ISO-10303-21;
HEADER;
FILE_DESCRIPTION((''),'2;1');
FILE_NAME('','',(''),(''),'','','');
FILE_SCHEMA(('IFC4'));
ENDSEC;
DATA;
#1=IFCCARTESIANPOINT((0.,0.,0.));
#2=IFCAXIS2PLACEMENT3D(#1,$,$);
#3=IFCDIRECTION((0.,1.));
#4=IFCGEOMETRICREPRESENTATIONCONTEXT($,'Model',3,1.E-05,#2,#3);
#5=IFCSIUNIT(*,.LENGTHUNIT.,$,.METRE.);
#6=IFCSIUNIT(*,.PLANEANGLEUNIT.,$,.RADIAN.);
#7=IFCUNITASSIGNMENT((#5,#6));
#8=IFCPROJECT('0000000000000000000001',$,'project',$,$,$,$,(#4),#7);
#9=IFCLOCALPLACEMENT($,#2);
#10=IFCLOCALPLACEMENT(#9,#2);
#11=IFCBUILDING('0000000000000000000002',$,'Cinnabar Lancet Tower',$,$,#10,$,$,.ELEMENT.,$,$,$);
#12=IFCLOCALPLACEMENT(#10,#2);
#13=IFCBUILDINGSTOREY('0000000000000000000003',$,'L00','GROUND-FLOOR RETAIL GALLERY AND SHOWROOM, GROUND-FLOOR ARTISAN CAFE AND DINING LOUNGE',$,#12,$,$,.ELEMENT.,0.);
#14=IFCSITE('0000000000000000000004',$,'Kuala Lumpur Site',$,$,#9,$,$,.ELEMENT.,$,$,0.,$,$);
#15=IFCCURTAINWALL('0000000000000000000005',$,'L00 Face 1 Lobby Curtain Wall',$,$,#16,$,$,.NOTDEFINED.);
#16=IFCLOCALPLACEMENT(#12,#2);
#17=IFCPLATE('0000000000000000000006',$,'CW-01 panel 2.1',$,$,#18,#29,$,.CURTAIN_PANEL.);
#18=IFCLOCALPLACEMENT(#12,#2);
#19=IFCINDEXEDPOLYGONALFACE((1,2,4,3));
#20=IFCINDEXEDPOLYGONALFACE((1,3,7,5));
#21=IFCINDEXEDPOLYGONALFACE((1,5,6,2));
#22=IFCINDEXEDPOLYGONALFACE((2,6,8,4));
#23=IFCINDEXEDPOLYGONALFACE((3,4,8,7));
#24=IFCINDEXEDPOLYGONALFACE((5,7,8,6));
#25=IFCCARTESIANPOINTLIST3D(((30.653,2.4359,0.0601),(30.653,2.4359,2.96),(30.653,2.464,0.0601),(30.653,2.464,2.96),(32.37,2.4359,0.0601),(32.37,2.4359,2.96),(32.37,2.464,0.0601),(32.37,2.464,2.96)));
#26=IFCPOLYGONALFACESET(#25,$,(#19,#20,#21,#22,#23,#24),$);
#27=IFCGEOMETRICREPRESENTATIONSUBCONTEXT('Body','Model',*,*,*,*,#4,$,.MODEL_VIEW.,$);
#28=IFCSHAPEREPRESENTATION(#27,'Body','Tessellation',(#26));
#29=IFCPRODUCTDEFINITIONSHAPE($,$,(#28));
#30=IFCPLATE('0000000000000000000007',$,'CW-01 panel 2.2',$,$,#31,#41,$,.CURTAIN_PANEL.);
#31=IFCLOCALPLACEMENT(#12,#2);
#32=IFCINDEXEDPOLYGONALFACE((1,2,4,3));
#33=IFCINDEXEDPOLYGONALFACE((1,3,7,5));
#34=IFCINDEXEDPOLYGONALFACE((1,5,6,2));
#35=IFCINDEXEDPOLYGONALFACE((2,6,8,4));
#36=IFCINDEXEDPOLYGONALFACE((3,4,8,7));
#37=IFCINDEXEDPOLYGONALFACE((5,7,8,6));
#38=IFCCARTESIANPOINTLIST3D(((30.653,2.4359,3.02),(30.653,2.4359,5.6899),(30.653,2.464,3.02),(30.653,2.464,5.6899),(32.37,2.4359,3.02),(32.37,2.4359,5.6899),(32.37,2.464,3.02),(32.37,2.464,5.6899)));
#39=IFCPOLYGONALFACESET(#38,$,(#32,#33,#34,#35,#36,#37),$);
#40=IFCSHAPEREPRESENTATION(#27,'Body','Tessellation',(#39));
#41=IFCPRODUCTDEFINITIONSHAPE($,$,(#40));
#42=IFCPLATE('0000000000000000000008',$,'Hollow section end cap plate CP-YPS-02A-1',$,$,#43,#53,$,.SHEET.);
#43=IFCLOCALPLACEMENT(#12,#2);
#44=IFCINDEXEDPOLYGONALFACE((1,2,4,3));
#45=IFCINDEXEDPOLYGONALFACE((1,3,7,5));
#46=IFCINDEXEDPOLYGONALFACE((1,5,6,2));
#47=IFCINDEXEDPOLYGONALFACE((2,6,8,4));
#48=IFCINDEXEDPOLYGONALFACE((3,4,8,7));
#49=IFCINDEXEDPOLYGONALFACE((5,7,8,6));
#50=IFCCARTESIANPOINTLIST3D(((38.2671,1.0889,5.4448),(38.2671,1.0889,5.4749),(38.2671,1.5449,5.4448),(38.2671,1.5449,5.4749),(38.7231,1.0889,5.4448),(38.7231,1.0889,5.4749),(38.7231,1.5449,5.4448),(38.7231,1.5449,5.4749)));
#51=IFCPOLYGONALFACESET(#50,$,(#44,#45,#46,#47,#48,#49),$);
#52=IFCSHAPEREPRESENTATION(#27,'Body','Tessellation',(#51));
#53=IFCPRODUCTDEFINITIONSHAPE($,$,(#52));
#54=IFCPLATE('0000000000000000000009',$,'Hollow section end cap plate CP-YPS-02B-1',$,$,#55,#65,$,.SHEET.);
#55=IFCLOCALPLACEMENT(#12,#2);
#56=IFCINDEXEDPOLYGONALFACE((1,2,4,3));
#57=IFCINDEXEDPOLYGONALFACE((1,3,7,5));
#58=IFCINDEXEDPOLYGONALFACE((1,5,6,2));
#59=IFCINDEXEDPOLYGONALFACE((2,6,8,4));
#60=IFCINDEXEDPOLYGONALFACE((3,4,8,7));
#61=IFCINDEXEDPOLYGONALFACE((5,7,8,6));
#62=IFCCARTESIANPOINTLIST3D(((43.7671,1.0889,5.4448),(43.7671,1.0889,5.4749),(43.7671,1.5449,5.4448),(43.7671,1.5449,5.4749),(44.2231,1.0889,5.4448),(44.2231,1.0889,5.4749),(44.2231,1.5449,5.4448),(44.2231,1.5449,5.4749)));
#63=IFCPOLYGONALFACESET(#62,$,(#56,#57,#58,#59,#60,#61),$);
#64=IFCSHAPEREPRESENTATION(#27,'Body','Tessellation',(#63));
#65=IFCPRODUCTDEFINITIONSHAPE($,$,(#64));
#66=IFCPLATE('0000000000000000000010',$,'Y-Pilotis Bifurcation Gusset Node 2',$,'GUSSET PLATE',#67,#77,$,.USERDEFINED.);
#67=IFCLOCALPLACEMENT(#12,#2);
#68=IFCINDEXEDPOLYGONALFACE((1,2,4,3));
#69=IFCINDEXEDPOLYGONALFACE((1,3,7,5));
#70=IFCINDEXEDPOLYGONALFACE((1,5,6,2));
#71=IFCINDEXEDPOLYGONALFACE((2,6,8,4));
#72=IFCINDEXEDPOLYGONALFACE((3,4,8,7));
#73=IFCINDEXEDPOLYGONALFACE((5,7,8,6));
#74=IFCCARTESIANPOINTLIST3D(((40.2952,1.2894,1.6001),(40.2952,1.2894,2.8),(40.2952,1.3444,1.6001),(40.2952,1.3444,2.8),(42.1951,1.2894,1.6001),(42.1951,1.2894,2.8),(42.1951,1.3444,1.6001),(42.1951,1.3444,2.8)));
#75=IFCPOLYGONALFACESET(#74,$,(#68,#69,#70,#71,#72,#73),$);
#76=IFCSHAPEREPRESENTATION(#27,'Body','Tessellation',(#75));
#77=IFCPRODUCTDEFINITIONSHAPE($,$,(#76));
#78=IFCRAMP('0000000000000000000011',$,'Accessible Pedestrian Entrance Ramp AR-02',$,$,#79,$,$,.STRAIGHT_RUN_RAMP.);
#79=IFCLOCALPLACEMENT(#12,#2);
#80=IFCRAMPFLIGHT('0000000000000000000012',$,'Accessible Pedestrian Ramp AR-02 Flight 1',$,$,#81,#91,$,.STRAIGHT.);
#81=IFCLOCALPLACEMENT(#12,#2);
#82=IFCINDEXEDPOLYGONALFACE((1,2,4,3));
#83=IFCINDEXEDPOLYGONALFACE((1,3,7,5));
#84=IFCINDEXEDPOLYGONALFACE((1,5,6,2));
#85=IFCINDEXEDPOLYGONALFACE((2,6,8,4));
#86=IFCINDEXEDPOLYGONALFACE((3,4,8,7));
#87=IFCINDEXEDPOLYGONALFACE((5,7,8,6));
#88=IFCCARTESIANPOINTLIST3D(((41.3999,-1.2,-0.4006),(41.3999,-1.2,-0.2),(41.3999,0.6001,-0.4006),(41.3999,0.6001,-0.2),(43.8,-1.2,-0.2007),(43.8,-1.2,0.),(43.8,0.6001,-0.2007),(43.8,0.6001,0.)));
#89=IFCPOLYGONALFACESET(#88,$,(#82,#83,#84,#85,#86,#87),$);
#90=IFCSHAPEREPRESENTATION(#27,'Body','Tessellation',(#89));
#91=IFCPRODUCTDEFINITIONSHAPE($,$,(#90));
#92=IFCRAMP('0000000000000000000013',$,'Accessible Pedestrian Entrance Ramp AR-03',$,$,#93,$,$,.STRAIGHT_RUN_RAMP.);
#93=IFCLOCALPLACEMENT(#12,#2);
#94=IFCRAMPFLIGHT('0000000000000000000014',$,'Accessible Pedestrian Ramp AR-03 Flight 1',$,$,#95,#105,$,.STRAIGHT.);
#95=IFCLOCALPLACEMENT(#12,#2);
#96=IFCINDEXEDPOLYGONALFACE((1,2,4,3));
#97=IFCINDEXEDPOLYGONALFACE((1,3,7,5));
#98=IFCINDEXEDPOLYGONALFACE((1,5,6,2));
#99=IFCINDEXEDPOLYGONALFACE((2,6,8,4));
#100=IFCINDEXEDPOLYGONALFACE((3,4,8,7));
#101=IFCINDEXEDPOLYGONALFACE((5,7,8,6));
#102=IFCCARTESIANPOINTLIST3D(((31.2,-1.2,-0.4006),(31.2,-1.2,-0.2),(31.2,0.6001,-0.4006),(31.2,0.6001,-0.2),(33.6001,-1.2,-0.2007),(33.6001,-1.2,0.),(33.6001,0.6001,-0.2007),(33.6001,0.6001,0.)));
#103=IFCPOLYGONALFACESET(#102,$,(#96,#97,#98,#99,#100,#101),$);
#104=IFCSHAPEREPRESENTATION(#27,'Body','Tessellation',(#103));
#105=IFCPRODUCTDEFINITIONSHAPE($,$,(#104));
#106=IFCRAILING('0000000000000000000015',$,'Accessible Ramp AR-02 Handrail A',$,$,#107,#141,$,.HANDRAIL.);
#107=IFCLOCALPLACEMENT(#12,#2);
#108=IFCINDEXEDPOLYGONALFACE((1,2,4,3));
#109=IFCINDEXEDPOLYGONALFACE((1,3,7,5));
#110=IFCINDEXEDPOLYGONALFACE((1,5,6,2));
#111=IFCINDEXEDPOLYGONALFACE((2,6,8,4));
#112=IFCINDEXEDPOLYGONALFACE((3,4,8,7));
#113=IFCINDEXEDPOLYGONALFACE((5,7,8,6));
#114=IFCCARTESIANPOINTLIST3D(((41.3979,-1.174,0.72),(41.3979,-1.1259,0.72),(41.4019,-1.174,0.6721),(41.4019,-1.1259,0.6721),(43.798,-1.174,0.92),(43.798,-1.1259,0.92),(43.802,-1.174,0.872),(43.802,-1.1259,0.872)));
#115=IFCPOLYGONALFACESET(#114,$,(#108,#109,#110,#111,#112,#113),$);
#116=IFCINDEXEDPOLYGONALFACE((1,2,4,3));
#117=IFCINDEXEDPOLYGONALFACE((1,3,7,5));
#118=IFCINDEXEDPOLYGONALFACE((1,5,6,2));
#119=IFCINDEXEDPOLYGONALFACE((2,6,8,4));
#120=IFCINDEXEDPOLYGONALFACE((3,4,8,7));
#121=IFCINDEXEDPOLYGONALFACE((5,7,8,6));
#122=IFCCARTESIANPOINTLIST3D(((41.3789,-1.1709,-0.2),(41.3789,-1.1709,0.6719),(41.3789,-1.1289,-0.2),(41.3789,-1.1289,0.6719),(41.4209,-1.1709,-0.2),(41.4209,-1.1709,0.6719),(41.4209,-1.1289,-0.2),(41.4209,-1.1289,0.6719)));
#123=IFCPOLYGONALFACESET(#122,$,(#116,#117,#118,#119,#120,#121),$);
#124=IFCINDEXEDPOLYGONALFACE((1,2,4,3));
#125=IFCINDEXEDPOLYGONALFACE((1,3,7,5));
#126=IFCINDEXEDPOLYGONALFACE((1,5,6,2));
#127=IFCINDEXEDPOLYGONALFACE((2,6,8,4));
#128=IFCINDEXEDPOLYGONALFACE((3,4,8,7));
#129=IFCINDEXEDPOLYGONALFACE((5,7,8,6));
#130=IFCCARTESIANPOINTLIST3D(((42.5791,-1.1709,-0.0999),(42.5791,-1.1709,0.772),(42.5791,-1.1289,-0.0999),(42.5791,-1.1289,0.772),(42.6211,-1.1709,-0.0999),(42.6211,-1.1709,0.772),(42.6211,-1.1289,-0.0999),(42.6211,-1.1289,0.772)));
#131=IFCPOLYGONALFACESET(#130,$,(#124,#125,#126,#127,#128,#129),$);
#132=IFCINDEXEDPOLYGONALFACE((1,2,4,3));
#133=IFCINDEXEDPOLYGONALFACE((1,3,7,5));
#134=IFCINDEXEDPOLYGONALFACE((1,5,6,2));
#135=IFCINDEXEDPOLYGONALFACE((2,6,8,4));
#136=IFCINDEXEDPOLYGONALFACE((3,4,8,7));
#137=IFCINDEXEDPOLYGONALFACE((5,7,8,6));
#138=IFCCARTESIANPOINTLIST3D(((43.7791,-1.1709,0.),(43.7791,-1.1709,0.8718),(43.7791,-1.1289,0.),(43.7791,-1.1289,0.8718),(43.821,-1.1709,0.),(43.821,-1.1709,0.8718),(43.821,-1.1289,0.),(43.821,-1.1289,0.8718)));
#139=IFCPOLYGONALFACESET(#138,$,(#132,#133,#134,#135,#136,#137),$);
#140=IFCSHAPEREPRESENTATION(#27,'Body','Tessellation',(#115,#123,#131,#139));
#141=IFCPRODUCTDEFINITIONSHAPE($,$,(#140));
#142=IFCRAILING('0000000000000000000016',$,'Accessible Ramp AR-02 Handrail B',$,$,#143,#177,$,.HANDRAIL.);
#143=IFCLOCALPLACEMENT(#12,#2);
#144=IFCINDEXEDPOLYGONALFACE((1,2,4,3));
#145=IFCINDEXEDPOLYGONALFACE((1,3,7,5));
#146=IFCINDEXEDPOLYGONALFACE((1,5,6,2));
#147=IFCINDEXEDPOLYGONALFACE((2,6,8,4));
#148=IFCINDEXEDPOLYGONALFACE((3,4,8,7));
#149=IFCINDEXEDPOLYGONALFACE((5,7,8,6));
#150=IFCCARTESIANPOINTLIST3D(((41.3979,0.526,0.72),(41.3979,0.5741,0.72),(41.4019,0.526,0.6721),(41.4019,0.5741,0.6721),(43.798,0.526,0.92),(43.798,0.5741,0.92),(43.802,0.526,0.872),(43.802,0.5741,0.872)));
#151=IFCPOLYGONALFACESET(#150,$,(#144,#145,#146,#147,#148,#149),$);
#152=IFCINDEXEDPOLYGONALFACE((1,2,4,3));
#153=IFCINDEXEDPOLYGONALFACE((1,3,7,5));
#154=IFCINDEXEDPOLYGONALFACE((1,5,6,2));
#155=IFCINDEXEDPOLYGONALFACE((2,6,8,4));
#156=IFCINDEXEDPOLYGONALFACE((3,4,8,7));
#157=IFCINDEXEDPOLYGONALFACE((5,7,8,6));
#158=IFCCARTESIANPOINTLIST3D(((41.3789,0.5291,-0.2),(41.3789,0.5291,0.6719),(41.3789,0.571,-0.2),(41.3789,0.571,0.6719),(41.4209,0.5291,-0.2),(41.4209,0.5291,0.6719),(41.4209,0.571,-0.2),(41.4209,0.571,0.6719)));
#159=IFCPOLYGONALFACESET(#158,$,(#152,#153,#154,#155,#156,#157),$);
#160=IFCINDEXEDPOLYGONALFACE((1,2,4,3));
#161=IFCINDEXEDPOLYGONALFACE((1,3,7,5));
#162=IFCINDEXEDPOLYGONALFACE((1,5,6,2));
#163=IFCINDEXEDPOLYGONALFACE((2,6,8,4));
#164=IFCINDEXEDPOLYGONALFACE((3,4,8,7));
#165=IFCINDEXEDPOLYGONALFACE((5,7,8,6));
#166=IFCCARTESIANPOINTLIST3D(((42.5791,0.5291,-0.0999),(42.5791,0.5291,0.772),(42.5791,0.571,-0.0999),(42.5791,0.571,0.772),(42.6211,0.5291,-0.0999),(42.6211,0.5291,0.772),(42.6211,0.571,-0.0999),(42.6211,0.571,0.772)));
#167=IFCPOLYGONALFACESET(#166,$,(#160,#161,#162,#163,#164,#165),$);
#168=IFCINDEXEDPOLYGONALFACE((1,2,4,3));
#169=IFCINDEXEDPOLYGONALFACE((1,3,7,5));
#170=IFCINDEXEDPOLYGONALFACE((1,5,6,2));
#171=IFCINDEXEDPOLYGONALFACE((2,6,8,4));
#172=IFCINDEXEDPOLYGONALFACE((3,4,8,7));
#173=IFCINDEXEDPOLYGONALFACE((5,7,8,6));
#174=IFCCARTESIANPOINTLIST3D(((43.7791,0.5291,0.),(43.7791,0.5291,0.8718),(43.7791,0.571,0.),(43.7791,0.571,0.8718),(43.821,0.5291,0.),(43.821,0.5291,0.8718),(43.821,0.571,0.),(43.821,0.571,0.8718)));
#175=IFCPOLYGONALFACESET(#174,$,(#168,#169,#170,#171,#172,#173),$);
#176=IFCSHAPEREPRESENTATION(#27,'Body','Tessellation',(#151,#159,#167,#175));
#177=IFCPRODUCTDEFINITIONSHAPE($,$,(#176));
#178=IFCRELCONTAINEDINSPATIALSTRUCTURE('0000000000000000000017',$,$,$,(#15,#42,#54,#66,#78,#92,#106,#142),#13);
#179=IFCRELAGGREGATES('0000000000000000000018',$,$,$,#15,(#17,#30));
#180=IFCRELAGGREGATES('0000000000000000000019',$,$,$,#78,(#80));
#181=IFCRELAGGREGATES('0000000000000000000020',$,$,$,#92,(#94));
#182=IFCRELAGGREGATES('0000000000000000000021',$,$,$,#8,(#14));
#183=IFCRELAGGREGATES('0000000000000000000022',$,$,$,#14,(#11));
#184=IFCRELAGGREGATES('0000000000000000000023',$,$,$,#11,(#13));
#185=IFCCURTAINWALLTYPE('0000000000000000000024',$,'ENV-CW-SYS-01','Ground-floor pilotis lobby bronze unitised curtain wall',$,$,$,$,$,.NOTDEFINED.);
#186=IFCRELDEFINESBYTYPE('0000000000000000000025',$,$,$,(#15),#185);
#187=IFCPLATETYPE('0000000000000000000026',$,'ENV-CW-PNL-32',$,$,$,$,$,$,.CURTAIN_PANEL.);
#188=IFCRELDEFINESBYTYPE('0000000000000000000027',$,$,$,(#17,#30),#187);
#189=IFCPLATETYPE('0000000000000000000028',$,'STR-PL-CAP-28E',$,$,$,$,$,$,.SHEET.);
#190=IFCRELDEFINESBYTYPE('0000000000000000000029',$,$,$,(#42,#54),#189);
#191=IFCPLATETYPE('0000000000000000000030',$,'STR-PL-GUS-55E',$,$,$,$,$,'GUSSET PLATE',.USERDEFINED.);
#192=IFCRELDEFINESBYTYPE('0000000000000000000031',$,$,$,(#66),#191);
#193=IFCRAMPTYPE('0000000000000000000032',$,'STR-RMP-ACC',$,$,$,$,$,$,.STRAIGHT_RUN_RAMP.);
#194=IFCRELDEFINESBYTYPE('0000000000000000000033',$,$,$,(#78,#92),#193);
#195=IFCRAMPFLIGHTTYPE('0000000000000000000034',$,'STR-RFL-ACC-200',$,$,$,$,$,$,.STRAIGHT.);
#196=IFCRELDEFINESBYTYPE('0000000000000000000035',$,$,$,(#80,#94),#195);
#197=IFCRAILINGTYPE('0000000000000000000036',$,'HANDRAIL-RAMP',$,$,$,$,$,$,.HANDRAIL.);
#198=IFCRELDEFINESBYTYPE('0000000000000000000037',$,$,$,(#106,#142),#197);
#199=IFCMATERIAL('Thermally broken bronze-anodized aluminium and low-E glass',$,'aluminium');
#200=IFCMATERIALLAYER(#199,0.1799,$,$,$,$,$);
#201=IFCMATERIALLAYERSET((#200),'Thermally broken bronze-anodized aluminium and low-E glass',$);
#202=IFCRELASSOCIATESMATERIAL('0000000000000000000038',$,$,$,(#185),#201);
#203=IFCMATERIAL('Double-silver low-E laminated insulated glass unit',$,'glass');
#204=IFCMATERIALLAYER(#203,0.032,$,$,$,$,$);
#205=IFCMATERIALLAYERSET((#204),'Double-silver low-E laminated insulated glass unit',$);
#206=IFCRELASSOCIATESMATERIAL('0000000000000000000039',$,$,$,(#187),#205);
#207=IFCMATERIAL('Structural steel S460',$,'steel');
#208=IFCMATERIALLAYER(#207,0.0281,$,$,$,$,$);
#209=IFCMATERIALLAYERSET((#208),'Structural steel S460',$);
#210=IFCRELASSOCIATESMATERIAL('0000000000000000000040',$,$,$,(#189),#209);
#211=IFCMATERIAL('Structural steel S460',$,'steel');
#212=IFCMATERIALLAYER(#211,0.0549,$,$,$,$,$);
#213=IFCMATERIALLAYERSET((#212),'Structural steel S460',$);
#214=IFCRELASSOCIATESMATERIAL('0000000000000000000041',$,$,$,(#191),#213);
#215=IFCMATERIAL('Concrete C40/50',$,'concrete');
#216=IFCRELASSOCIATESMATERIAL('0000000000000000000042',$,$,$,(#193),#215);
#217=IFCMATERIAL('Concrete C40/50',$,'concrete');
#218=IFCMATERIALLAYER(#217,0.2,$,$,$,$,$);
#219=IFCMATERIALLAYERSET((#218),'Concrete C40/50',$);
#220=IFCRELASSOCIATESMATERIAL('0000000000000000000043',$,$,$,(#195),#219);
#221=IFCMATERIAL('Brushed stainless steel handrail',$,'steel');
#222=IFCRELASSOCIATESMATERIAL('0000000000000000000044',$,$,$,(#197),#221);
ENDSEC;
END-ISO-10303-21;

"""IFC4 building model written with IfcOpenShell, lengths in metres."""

from ifc_helpers import new_model, si_unit, direction, frame, origin, origin_2d, place, context, subcontext, project, spatial, polyline, rectangle, outline, extrude, material, layer, layer_set, type_object, element, aggregate, save


model = new_model("IFC4")

# Units and contexts
model_context = context("Model", 3, precision=1e-05, world=origin(), true_north=direction((0.0, 1.0)))
body_context = subcontext(model_context, "Body", "Model", "MODEL_VIEW")
ifc_project = project(units=[si_unit("LENGTHUNIT", "METRE"), si_unit("PLANEANGLEUNIT", "RADIAN")], contexts=[model_context])

# Site, building, storey
site_placement = place(None, origin())
site = spatial("IfcSite", under=ifc_project, at=site_placement, Name="Kuala Lumpur Site", CompositionType="ELEMENT", RefElevation=0.0)
building_placement = place(site_placement, origin())
building = spatial("IfcBuilding", under=site, at=building_placement, Name="Cinnabar Lancet Tower", CompositionType="ELEMENT")
storey_placement = place(building_placement, origin())
storey = spatial("IfcBuildingStorey", under=building, at=storey_placement, Name="L00", Description="GROUND-FLOOR RETAIL GALLERY AND SHOWROOM, GROUND-FLOOR ARTISAN CAFE AND DINING LOUNGE", CompositionType="ELEMENT", Elevation=0.0)

# Curtain wall
ifc_material_1 = material(Name="Thermally broken bronze-anodized aluminium and low-E glass", Category="aluminium")
ifc_layer_1 = layer(ifc_material_1, 0.1799)
ifc_layer_set_1 = layer_set([ifc_layer_1], Name="Thermally broken bronze-anodized aluminium and low-E glass")
curtain_wall_type = type_object("IfcCurtainWallType", Name="ENV-CW-SYS-01", Description="Ground-floor pilotis lobby bronze unitised curtain wall", PredefinedType="NOTDEFINED", material=ifc_layer_set_1)
curtain_wall_placement = place(storey_placement, origin())
curtain_wall = element("IfcCurtainWall", 1, at=curtain_wall_placement, inside=storey, type_object=curtain_wall_type, Name="L00 Face 1 Lobby Curtain Wall", PredefinedType="NOTDEFINED")

# Plates
ifc_material_2 = material(Name="Double-silver low-E laminated insulated glass unit", Category="glass")
ifc_layer_2 = layer(ifc_material_2, 0.032)
ifc_layer_set_2 = layer_set([ifc_layer_2], Name="Double-silver low-E laminated insulated glass unit")
plate_type_1 = type_object("IfcPlateType", Name="ENV-CW-PNL-32", PredefinedType="CURTAIN_PANEL", material=ifc_layer_set_2)
plate_1_placement = place(storey_placement, frame((31.5115, 2.45, 0.0601), z_axis=(0.0, 0.0, 1.0), x_axis=(-1.0, 0.0, 0.0)))
plate_1 = element("IfcPlate", 2, at=plate_1_placement, type_object=plate_type_1, Name="CW-01 panel 2.1", PredefinedType="CURTAIN_PANEL", context=body_context, shape_type="SweptSolid", body=[
    extrude(rectangle(XDim=1.717, YDim=0.0281, at=origin_2d()), origin(), (0.0, 0.0, 1.0), 2.8999),
])
plate_2_placement = place(storey_placement, frame((31.5115, 2.45, 3.02), z_axis=(0.0, 0.0, 1.0), x_axis=(-1.0, 0.0, 0.0)))
plate_2 = element("IfcPlate", 3, at=plate_2_placement, type_object=plate_type_1, Name="CW-01 panel 2.2", PredefinedType="CURTAIN_PANEL", context=body_context, shape_type="SweptSolid", body=[
    extrude(rectangle(XDim=1.717, YDim=0.0281, at=origin_2d()), origin(), (0.0, 0.0, 1.0), 2.6699),
])
aggregate(curtain_wall, [plate_1, plate_2])

# Plates
ifc_material_3 = material(Name="Structural steel S460", Category="steel")
ifc_layer_3 = layer(ifc_material_3, 0.0281)
ifc_layer_set_3 = layer_set([ifc_layer_3], Name="Structural steel S460")
plate_type_2 = type_object("IfcPlateType", Name="STR-PL-CAP-28E", PredefinedType="SHEET", material=ifc_layer_set_3)
for number, where, z_axis, x_axis, name in (
    (4, (38.4951, 1.3169, 5.4448), (0.0, 0.0, 1.0), (-1.0, 0.0, 0.0), "Hollow section end cap plate CP-YPS-02A-1"),
    (5, (43.9951, 1.3169, 5.4448), (0.0, 0.0, 1.0), (1.0, 0.0, 0.0), "Hollow section end cap plate CP-YPS-02B-1"),
):
    element("IfcPlate", number, at=place(storey_placement, frame(where, z_axis=z_axis, x_axis=x_axis)), inside=storey, type_object=plate_type_2, Name=name, PredefinedType="SHEET", context=body_context, shape_type="SweptSolid", body=[
        extrude(rectangle(XDim=0.4561, YDim=0.4561, at=origin_2d()), origin(), (0.0, 0.0, 1.0), 0.03),
    ])
ifc_material_4 = material(Name="Structural steel S460", Category="steel")
ifc_layer_4 = layer(ifc_material_4, 0.0549)
ifc_layer_set_4 = layer_set([ifc_layer_4], Name="Structural steel S460")
plate_type_3 = type_object("IfcPlateType", Name="STR-PL-GUS-55E", ElementType="GUSSET PLATE", PredefinedType="USERDEFINED", material=ifc_layer_set_4)
plate_3_placement = place(storey_placement, frame((41.2451, 1.3169, 1.6001), z_axis=(0.0, 0.0, 1.0), x_axis=(1.0, 0.0, 0.0)))
element("IfcPlate", 6, at=plate_3_placement, inside=storey, type_object=plate_type_3, Name="Y-Pilotis Bifurcation Gusset Node 2", ObjectType="GUSSET PLATE", PredefinedType="USERDEFINED", context=body_context, shape_type="SweptSolid", body=[
    extrude(rectangle(XDim=1.8999, YDim=0.0549, at=origin_2d()), origin(), (0.0, 0.0, 1.0), 1.2),
])

# Ramps, ramp flights
ifc_material_5 = material(Name="Concrete C40/50", Category="concrete")
ramp_type = type_object("IfcRampType", Name="STR-RMP-ACC", PredefinedType="STRAIGHT_RUN_RAMP", material=ifc_material_5)
ramp_1_placement = place(storey_placement, origin())
ramp_1 = element("IfcRamp", 7, at=ramp_1_placement, inside=storey, type_object=ramp_type, Name="Accessible Pedestrian Entrance Ramp AR-02", PredefinedType="STRAIGHT_RUN_RAMP")
ifc_material_6 = material(Name="Concrete C40/50", Category="concrete")
ifc_layer_5 = layer(ifc_material_6, 0.2)
ifc_layer_set_5 = layer_set([ifc_layer_5], Name="Concrete C40/50")
ramp_flight_type = type_object("IfcRampFlightType", Name="STR-RFL-ACC-200", PredefinedType="STRAIGHT", material=ifc_layer_set_5)
ramp_flight_1_placement = place(storey_placement, frame((41.3999, -0.2998, -0.2), z_axis=(0.0, 0.0, 1.0), x_axis=(1.0, 0.0, 0.0)))
ramp_flight_1 = element("IfcRampFlight", 8, at=ramp_flight_1_placement, type_object=ramp_flight_type, Name="Accessible Pedestrian Ramp AR-02 Flight 1", PredefinedType="STRAIGHT", context=body_context, shape_type="SweptSolid", body=[
    extrude(outline(polyline([(0.0, -0.2007), (0.0, 0.0), (2.4001, 0.2), (2.4001, -0.0007), (0.0, -0.2007)])), frame((0.0, 0.8999, 0.0), z_axis=(0.0, -1.0, 0.0), x_axis=(1.0, 0.0, 0.0)), (0.0, 0.0, 1.0), 1.8),
])
aggregate(ramp_1, [ramp_flight_1])
ramp_2_placement = place(storey_placement, origin())
ramp_2 = element("IfcRamp", 9, at=ramp_2_placement, inside=storey, type_object=ramp_type, Name="Accessible Pedestrian Entrance Ramp AR-03", PredefinedType="STRAIGHT_RUN_RAMP")
ramp_flight_2_placement = place(storey_placement, frame((31.2, -0.2998, -0.2), z_axis=(0.0, 0.0, 1.0), x_axis=(1.0, 0.0, 0.0)))
ramp_flight_2 = element("IfcRampFlight", 10, at=ramp_flight_2_placement, type_object=ramp_flight_type, Name="Accessible Pedestrian Ramp AR-03 Flight 1", PredefinedType="STRAIGHT", context=body_context, shape_type="SweptSolid", body=[
    extrude(outline(polyline([(0.0, -0.2007), (0.0, 0.0), (2.4001, 0.2), (2.4001, -0.0007), (0.0, -0.2007)])), frame((0.0, 0.8999, 0.0), z_axis=(0.0, -1.0, 0.0), x_axis=(1.0, 0.0, 0.0)), (0.0, 0.0, 1.0), 1.8),
])
aggregate(ramp_2, [ramp_flight_2])

# Railings
ifc_material_7 = material(Name="Brushed stainless steel handrail", Category="steel")
railing_type = type_object("IfcRailingType", Name="HANDRAIL-RAMP", PredefinedType="HANDRAIL", material=ifc_material_7)
for number, where, name in (
    (11, (41.3999, -1.1499, -0.2), "Accessible Ramp AR-02 Handrail A"),
    (12, (41.3999, 0.55, -0.2), "Accessible Ramp AR-02 Handrail B"),
):
    element("IfcRailing", number, at=place(storey_placement, frame(where)), inside=storey, type_object=railing_type, Name=name, PredefinedType="HANDRAIL", context=body_context, shape_type="SweptSolid", body=[
        extrude(rectangle(XDim=0.0481, YDim=0.0481, at=origin_2d()), frame((0.0, 0.0, 0.896), z_axis=(0.996548, 0.0, 0.08302), x_axis=(0.0, 1.0, 0.0)), (0.0, 0.0, 1.0), 2.4084),
        extrude(rectangle(XDim=0.042, YDim=0.042, at=origin_2d()), origin(), (0.0, 0.0, 1.0), 0.8718),
        extrude(rectangle(XDim=0.042, YDim=0.042, at=origin_2d()), frame((1.2002, 0.0, 0.1001)), (0.0, 0.0, 1.0), 0.8718),
        extrude(rectangle(XDim=0.042, YDim=0.042, at=origin_2d()), frame((2.4001, 0.0, 0.2)), (0.0, 0.0, 1.0), 0.8718),
    ])

save(model, "model.ifc")
